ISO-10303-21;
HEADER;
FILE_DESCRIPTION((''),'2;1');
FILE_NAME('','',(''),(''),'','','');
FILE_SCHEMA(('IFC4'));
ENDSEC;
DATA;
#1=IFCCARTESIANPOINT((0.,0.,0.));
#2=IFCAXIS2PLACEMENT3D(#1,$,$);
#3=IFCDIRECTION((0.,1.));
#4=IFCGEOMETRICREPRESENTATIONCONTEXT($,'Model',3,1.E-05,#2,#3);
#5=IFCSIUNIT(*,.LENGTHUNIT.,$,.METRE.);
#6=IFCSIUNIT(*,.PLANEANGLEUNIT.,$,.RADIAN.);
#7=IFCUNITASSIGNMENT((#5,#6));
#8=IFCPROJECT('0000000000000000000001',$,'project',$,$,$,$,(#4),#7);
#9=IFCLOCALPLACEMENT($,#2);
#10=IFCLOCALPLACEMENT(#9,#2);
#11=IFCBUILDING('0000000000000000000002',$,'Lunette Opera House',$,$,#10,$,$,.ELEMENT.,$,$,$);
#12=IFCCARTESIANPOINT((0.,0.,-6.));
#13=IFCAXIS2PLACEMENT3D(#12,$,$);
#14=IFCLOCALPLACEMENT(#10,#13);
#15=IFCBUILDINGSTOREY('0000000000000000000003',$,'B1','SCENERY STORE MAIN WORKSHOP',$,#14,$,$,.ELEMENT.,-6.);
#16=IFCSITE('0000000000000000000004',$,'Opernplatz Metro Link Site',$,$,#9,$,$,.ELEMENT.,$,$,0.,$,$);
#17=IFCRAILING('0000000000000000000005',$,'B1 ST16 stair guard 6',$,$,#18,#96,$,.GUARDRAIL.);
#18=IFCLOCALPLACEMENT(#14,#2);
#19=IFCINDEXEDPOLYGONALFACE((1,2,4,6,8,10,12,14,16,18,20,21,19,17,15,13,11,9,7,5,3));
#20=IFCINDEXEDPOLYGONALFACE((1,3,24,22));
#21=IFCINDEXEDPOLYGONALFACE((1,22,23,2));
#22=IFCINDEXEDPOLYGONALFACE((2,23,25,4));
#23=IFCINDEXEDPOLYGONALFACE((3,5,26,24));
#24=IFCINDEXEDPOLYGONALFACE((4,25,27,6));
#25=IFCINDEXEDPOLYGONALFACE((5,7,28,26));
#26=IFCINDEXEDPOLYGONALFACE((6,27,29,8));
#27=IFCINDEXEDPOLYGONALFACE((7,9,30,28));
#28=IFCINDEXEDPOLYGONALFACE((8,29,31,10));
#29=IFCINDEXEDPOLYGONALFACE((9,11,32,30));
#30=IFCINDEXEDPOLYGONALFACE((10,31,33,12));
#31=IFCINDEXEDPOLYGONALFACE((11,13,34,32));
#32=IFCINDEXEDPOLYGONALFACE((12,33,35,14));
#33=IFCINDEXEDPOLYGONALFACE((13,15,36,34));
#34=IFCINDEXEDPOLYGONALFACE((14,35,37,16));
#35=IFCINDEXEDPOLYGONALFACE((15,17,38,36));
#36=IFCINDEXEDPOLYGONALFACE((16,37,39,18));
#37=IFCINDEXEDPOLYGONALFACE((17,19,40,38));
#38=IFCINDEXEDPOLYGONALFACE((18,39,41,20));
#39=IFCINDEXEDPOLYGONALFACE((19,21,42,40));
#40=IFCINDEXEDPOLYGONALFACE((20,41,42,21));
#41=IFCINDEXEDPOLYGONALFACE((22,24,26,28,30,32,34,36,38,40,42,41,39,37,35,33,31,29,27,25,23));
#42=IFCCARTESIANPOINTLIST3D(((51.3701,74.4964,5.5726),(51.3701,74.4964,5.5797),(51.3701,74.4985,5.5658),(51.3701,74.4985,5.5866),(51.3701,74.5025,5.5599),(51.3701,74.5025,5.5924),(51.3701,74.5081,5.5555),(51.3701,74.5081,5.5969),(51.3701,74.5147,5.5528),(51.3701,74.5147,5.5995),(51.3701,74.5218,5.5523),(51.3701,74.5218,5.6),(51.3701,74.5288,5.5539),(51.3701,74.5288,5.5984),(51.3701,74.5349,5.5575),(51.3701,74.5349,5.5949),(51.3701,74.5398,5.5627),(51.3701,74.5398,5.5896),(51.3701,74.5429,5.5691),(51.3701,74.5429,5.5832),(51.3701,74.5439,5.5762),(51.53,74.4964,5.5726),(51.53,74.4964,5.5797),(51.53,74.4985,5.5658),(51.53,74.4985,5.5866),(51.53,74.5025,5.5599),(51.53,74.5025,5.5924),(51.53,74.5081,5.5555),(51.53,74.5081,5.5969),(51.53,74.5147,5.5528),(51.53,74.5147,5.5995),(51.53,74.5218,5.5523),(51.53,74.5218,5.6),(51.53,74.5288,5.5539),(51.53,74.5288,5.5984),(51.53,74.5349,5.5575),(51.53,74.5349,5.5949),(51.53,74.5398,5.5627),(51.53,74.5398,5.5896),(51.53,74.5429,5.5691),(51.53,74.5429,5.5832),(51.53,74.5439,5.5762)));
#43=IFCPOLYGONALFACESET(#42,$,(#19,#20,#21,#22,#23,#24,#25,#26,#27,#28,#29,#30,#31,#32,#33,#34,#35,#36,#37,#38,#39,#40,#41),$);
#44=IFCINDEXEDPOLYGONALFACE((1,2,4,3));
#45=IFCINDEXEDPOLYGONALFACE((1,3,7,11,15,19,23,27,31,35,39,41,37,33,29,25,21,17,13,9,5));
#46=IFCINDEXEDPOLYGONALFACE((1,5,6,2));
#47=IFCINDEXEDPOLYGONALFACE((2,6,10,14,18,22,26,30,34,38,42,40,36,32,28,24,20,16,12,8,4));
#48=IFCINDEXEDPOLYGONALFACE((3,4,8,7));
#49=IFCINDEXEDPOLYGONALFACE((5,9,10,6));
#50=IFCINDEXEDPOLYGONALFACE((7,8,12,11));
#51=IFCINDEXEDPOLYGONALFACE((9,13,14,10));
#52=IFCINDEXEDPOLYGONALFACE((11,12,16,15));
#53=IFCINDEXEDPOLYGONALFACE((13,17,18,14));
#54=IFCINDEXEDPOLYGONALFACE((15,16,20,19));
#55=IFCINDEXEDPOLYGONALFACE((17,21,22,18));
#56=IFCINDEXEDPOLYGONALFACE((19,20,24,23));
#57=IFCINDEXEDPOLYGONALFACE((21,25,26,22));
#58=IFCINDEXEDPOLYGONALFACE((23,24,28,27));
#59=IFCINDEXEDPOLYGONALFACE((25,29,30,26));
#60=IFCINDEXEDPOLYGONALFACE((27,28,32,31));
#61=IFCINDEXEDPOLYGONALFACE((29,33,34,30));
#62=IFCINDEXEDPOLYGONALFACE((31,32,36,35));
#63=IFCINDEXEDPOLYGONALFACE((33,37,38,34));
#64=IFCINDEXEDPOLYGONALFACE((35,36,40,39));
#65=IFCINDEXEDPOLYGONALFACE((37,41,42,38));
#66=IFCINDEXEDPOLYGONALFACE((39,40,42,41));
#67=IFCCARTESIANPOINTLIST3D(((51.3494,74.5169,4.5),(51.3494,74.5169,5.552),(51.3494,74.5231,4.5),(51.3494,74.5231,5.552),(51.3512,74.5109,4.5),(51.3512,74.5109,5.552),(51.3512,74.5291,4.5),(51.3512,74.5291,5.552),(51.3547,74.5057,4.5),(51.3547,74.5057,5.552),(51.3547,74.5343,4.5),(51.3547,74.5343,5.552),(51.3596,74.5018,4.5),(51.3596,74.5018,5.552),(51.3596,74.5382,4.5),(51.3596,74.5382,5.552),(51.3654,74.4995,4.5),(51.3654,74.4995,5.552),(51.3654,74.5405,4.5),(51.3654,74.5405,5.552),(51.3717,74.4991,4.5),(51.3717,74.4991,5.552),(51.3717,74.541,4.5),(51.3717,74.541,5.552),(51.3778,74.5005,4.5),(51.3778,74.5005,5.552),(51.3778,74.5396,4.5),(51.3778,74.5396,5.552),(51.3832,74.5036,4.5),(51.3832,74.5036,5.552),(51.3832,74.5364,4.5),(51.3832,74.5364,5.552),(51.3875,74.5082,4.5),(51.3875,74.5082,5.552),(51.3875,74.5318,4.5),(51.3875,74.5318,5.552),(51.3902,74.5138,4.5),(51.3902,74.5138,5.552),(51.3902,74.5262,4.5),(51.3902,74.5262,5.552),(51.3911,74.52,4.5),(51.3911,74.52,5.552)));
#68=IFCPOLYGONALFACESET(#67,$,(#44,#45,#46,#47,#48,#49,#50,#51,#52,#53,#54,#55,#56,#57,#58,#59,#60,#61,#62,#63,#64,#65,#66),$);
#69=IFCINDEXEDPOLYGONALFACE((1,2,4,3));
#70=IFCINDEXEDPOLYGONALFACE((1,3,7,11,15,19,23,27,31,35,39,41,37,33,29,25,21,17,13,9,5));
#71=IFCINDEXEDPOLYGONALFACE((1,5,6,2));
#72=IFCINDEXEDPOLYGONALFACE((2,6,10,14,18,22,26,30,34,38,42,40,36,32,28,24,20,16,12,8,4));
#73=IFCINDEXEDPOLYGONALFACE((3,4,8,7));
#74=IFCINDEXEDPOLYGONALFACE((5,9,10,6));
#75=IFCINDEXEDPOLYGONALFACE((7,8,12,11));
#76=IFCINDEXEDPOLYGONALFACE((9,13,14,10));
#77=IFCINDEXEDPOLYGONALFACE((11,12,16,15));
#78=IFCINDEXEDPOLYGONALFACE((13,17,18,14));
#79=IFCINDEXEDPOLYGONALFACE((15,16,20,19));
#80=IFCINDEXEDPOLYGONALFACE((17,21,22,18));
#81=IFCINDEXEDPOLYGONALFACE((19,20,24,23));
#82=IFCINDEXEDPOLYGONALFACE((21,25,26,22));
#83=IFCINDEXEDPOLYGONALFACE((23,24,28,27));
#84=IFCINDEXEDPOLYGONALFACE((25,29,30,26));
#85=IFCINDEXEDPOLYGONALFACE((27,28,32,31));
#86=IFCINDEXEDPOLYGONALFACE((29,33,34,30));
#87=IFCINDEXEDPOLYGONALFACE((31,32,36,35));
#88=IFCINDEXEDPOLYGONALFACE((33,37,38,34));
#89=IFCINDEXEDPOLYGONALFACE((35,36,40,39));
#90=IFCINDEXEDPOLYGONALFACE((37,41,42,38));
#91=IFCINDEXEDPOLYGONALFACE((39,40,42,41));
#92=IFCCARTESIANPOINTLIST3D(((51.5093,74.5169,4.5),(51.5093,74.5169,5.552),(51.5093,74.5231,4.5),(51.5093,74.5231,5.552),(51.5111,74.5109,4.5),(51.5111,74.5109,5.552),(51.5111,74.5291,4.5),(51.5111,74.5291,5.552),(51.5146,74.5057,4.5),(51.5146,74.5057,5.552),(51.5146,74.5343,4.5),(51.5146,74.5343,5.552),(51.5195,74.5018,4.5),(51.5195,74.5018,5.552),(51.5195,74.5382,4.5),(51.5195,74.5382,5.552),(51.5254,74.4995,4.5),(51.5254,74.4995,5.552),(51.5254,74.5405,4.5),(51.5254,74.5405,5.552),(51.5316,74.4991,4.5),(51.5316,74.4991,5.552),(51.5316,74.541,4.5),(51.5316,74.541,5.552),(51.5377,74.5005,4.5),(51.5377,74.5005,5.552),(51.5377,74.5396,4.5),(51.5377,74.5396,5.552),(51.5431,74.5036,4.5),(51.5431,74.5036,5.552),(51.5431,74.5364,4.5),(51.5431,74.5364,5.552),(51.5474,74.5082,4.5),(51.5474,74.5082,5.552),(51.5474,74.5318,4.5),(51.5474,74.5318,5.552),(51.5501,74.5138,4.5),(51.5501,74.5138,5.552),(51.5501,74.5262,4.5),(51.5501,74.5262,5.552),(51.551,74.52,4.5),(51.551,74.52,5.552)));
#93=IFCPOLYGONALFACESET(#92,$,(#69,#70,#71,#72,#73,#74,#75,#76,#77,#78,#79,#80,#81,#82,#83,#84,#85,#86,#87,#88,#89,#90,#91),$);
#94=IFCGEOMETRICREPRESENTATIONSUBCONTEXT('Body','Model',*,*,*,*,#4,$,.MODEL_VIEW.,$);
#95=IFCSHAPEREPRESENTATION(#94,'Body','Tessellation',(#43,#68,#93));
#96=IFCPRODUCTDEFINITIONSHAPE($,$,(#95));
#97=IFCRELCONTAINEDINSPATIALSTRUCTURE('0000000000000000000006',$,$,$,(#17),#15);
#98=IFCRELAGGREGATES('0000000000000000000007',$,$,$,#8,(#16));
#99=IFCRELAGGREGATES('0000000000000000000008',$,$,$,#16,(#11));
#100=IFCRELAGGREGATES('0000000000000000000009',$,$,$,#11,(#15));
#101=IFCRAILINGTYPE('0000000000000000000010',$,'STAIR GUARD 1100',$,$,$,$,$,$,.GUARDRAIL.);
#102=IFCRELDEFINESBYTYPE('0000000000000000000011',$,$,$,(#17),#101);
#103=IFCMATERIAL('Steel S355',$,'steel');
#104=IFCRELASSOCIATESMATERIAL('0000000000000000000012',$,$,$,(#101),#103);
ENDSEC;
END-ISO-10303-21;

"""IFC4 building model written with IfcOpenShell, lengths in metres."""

from ifc_helpers import new_model, si_unit, direction, frame, origin, origin_2d, place, context, subcontext, project, spatial, circle, extrude, material, type_object, element, save


model = new_model("IFC4")

# Units and contexts
model_context = context("Model", 3, precision=1e-05, world=origin(), true_north=direction((0.0, 1.0)))
body_context = subcontext(model_context, "Body", "Model", "MODEL_VIEW")
ifc_project = project(units=[si_unit("LENGTHUNIT", "METRE"), si_unit("PLANEANGLEUNIT", "RADIAN")], contexts=[model_context])

# Site, building, storey
site_placement = place(None, origin())
site = spatial("IfcSite", under=ifc_project, at=site_placement, Name="Opernplatz Metro Link Site", CompositionType="ELEMENT", RefElevation=0.0)
building_placement = place(site_placement, origin())
building = spatial("IfcBuilding", under=site, at=building_placement, Name="Lunette Opera House", CompositionType="ELEMENT")
storey_placement = place(building_placement, frame((0.0, 0.0, -6.0)))
storey = spatial("IfcBuildingStorey", under=building, at=storey_placement, Name="B1", Description="SCENERY STORE MAIN WORKSHOP", CompositionType="ELEMENT", Elevation=-6.0)

# Railing
ifc_material_1 = material(Name="Steel S355", Category="steel")
railing_type_1 = type_object("IfcRailingType", Name="STAIR GUARD 1100", PredefinedType="GUARDRAIL", material=ifc_material_1)
railing_1_placement = place(storey_placement, frame((51.3701, 74.52, 4.5)))
element("IfcRailing", 1, at=railing_1_placement, inside=storey, type_object=railing_type_1, Name="B1 ST16 stair guard 6", PredefinedType="GUARDRAIL", context=body_context, shape_type="SweptSolid", body=[
    extrude(circle(Radius=0.0239, at=origin_2d()), frame((0.0, 0.0, 1.0762), z_axis=(1.0, 0.0, 0.0), x_axis=(0.0, 1.0, 0.0)), (0.0, 0.0, 1.0), 0.1599),
    extrude(circle(Radius=0.021, at=origin_2d()), origin(), (0.0, 0.0, 1.0), 1.052),
    extrude(circle(Radius=0.021, at=origin_2d()), frame((0.1599, 0.0, 0.0)), (0.0, 0.0, 1.0), 1.052),
])

save(model, "model.ifc")
